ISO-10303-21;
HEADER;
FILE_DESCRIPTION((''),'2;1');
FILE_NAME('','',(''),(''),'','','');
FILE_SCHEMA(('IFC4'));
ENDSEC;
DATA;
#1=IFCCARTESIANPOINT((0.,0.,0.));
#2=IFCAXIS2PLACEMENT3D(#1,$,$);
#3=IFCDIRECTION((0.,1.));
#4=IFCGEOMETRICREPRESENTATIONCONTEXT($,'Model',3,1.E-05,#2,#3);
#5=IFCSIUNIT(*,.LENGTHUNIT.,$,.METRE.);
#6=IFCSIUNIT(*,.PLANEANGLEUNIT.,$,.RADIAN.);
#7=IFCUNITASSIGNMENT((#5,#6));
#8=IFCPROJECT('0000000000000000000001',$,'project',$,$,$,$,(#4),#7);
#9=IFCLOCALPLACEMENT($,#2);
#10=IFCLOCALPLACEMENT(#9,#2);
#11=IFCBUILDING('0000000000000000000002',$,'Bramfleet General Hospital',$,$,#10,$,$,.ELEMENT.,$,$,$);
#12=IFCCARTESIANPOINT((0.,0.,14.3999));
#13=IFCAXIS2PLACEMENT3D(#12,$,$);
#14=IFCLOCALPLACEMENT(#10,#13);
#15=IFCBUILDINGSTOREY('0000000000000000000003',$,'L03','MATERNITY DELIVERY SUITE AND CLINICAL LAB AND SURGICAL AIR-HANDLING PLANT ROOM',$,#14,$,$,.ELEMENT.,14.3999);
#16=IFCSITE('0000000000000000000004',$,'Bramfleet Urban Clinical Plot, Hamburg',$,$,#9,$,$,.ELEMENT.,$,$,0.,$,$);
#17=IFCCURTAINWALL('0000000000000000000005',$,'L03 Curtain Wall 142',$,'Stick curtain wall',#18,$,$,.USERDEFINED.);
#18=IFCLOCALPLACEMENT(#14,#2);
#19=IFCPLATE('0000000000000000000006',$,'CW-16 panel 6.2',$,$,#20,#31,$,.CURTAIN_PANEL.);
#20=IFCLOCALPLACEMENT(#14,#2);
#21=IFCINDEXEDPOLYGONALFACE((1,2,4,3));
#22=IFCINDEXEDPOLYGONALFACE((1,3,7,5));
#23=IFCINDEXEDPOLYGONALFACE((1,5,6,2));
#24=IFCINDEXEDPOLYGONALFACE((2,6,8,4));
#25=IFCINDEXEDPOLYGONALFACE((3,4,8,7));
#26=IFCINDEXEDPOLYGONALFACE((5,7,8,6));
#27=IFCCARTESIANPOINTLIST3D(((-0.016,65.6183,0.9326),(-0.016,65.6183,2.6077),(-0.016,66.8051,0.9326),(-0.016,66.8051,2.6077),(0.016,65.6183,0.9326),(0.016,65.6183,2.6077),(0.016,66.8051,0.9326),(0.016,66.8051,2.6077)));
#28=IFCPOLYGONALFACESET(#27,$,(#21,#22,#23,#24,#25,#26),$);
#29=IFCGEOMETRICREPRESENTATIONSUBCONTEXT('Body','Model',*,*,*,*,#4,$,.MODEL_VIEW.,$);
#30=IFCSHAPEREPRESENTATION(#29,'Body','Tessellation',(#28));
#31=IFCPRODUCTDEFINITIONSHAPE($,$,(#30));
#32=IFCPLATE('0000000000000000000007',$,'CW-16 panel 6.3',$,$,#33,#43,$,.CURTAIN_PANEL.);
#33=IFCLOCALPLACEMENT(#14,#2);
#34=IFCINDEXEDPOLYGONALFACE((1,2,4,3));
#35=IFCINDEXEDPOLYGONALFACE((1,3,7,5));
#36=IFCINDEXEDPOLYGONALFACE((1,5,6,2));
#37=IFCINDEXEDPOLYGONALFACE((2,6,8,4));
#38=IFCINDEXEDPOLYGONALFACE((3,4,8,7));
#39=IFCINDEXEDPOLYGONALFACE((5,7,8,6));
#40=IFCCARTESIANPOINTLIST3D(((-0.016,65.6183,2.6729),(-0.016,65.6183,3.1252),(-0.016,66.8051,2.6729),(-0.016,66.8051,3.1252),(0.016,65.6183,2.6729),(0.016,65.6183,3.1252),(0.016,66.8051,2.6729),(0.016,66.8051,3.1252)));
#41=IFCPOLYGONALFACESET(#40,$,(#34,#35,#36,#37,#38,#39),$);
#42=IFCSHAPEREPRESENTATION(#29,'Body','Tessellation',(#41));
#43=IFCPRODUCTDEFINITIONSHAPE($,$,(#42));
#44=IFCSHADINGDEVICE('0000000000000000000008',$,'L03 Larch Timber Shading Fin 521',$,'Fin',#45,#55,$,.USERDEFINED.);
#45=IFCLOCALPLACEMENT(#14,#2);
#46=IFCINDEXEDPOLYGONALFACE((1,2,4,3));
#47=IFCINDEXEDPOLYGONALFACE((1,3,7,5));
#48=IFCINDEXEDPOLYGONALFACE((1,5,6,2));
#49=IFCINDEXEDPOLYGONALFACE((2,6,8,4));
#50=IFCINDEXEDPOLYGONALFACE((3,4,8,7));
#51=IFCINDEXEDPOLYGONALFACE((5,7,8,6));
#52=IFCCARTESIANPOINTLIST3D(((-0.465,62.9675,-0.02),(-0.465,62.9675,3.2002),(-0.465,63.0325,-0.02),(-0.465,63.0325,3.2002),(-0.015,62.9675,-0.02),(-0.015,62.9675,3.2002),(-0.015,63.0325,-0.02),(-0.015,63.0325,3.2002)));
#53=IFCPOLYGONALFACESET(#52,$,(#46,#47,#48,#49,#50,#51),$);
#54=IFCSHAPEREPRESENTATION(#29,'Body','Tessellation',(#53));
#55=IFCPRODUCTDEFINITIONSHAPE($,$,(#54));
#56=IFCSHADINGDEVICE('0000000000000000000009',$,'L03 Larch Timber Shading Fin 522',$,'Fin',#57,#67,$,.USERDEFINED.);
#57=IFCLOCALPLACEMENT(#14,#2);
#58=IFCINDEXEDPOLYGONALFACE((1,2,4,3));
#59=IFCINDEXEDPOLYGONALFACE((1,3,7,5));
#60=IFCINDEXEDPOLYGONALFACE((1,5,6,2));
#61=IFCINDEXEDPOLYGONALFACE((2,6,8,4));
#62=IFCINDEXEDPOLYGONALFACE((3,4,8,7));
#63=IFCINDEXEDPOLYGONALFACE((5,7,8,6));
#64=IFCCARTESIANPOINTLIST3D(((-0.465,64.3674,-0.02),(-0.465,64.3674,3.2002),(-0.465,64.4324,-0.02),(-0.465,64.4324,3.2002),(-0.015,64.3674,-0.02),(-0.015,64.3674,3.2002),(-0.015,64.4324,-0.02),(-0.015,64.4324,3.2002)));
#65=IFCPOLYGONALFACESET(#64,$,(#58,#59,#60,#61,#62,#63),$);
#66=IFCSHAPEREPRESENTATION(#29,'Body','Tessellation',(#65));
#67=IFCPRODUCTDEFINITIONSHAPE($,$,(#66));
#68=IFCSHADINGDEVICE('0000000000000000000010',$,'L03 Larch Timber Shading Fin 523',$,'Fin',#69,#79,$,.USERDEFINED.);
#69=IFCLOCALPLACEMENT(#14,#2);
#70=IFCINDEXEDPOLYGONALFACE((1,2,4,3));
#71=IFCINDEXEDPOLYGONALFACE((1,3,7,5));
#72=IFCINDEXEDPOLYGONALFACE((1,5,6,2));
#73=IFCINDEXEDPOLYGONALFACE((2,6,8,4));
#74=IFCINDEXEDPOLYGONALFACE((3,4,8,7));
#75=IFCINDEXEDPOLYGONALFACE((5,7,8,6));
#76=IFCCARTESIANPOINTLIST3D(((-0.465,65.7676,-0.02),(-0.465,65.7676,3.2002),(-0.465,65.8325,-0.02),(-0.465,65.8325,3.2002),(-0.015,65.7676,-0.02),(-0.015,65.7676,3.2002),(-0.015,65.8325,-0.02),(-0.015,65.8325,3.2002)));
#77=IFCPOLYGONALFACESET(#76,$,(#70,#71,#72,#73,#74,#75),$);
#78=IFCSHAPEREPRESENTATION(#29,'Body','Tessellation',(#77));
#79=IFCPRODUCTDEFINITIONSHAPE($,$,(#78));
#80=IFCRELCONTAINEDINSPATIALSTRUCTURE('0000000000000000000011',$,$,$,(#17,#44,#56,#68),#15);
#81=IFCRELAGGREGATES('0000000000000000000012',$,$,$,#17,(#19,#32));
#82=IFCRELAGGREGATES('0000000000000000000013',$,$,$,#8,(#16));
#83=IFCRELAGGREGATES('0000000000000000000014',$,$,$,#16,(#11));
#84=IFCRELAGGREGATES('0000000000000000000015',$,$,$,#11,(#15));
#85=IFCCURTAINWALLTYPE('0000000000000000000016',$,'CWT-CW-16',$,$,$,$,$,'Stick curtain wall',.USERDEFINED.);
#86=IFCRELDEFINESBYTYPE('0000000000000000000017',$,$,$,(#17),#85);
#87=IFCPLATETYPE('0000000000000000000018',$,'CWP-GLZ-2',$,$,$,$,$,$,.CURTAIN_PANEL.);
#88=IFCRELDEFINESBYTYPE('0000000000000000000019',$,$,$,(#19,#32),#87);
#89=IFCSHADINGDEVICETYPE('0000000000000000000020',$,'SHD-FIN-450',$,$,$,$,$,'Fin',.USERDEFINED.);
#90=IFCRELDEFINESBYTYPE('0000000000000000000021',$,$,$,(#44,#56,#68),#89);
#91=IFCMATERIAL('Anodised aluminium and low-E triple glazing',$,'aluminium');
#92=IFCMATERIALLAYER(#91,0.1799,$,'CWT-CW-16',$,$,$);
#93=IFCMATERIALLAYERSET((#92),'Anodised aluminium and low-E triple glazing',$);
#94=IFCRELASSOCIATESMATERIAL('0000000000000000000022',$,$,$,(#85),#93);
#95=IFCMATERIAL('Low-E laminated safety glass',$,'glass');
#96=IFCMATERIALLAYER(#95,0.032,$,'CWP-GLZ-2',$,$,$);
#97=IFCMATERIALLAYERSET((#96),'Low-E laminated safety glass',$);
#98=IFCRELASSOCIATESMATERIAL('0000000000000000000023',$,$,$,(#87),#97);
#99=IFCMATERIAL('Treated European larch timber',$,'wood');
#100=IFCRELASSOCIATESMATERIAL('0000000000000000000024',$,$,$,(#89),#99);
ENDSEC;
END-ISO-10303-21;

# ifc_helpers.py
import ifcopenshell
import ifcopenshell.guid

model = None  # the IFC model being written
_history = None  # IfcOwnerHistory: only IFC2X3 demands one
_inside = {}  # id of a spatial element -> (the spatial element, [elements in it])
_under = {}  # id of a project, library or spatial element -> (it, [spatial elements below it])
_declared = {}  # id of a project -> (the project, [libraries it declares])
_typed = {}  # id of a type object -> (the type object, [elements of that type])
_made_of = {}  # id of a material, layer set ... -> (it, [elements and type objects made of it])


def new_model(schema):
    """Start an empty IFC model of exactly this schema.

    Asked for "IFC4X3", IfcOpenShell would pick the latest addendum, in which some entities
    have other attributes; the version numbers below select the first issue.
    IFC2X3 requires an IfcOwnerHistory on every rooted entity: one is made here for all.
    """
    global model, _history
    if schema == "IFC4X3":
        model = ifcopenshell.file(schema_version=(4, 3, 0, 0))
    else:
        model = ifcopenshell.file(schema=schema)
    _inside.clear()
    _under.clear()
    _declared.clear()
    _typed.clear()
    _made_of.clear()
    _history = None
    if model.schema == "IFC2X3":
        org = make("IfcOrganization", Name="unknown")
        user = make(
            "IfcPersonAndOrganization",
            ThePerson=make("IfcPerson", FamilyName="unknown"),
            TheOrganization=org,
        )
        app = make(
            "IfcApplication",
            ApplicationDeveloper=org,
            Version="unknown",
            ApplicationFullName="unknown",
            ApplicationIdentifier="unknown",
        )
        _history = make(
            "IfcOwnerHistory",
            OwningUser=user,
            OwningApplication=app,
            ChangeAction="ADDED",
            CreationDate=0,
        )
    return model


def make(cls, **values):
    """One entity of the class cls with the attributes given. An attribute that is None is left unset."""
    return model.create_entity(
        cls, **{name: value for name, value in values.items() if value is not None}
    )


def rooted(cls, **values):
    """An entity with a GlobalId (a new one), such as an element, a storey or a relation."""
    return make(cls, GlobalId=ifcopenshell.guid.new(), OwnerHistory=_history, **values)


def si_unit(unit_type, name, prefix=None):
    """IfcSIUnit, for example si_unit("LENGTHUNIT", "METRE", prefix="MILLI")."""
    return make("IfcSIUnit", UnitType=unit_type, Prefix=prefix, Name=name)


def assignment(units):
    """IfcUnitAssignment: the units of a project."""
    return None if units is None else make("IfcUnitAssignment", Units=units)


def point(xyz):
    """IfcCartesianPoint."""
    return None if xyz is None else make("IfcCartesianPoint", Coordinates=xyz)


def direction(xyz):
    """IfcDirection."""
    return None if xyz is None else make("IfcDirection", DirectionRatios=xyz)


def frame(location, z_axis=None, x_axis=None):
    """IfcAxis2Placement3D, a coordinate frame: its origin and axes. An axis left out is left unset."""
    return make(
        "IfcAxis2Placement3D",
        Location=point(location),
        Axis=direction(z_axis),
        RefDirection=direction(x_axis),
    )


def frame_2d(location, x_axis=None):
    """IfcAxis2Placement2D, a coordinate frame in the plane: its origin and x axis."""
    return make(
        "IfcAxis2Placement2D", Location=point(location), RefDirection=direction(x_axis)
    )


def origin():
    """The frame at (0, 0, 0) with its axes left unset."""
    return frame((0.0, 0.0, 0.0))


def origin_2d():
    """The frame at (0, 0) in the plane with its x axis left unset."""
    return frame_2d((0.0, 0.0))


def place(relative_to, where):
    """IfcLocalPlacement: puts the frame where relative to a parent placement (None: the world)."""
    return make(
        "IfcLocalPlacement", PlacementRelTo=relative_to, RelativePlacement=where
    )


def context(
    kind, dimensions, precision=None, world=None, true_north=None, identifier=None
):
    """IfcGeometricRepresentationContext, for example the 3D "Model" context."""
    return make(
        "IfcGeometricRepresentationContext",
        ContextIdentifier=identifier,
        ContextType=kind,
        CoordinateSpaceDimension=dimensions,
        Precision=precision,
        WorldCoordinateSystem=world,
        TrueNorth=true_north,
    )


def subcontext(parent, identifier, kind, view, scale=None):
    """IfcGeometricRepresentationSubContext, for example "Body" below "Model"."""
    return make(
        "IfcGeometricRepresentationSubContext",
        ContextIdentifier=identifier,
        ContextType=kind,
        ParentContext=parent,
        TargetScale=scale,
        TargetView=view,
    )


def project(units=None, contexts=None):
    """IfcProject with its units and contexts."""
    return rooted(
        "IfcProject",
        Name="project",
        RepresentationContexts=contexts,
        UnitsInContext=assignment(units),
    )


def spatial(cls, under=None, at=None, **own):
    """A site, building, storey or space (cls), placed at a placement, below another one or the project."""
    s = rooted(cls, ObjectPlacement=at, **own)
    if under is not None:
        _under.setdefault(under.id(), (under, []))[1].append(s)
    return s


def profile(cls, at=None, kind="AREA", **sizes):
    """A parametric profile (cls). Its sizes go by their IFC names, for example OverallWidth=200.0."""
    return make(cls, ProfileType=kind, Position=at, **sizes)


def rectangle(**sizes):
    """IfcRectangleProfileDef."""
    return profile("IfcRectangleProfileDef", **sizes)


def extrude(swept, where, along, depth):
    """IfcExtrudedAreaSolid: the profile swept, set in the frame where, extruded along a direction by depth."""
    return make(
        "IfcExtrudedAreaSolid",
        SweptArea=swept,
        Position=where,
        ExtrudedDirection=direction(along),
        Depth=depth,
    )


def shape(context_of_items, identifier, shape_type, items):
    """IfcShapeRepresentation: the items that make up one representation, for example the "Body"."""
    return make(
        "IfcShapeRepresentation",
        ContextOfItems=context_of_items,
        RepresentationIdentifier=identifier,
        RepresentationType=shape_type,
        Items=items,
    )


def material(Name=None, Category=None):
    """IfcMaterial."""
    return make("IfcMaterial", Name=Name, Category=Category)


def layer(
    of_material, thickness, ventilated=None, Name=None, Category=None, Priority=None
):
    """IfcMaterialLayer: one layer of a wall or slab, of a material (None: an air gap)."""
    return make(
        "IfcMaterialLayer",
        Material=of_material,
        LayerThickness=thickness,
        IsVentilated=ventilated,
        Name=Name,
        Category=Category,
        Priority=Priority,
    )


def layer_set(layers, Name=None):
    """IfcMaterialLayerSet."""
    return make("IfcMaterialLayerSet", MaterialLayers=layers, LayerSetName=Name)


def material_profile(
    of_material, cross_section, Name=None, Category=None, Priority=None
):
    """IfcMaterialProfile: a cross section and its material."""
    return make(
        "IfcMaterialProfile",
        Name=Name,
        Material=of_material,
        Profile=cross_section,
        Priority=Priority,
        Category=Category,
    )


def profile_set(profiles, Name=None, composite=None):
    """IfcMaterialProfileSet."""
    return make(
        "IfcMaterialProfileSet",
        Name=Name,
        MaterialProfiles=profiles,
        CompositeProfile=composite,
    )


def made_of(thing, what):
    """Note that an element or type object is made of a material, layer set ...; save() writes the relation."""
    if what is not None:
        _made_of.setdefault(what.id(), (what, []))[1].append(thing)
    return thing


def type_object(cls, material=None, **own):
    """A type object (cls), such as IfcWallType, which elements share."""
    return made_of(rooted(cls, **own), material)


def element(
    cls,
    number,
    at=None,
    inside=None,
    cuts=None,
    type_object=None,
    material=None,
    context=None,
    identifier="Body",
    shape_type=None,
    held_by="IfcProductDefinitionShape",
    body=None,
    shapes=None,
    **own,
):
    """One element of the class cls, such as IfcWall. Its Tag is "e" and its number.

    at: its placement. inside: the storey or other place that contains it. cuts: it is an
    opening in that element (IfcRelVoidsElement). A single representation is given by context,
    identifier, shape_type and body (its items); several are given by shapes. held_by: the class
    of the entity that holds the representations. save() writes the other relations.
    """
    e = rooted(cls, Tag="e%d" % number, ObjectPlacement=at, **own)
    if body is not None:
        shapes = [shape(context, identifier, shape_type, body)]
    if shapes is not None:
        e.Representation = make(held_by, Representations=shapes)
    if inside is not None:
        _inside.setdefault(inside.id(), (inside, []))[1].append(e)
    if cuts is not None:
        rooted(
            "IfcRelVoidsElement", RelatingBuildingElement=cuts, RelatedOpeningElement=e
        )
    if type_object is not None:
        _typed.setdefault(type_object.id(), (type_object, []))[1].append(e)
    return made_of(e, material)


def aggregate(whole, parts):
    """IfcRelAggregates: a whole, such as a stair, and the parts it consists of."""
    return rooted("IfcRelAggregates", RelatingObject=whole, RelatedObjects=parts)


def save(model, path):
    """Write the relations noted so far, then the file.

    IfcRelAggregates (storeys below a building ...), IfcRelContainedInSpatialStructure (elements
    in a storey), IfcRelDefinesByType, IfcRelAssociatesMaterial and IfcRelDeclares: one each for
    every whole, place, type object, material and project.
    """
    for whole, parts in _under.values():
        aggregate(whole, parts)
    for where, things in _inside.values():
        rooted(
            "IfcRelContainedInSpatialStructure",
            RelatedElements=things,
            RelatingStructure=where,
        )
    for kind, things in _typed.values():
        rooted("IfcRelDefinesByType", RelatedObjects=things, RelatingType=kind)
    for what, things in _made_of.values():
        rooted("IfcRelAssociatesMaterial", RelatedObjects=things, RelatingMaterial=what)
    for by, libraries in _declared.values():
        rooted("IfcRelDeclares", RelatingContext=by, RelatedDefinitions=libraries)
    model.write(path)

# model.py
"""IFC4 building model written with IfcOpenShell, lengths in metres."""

from ifc_helpers import new_model, si_unit, direction, frame, origin, origin_2d, place, context, subcontext, project, spatial, rectangle, extrude, material, layer, layer_set, material_profile, profile_set, type_object, element, aggregate, save


model = new_model("IFC4")

# Units and contexts
model_context = context("Model", 3, precision=1e-05, world=origin(), true_north=direction((0.0, 1.0)))
body_context = subcontext(model_context, "Body", "Model", "MODEL_VIEW")
ifc_project = project(units=[si_unit("LENGTHUNIT", "METRE"), si_unit("PLANEANGLEUNIT", "RADIAN")], contexts=[model_context])

# Site, building, storey
site_placement = place(None, origin())
site = spatial("IfcSite", under=ifc_project, at=site_placement, Name="Bramfleet Urban Clinical Plot, Hamburg", CompositionType="ELEMENT", RefElevation=0.0)
building_placement = place(site_placement, origin())
building = spatial("IfcBuilding", under=site, at=building_placement, Name="Bramfleet General Hospital", CompositionType="ELEMENT")
storey_placement = place(building_placement, frame((0.0, 0.0, 14.3999)))
storey = spatial("IfcBuildingStorey", under=building, at=storey_placement, Name="L03", Description="MATERNITY DELIVERY SUITE AND CLINICAL LAB AND SURGICAL AIR-HANDLING PLANT ROOM", CompositionType="ELEMENT", Elevation=14.3999)

# Curtain wall, plates
ifc_material_1 = material(Name="Anodised aluminium and low-E triple glazing", Category="aluminium")
ifc_layer_1 = layer(ifc_material_1, 0.1799, Name="CWT-CW-16")
ifc_layer_set_1 = layer_set([ifc_layer_1], Name="Anodised aluminium and low-E triple glazing")
curtain_wall_type = type_object("IfcCurtainWallType", Name="CWT-CW-16", ElementType="Stick curtain wall", PredefinedType="USERDEFINED", material=ifc_layer_set_1)
curtain_wall_placement = place(storey_placement, origin())
curtain_wall = element("IfcCurtainWall", 1, at=curtain_wall_placement, inside=storey, type_object=curtain_wall_type, Name="L03 Curtain Wall 142", ObjectType="Stick curtain wall", PredefinedType="USERDEFINED")
ifc_material_2 = material(Name="Low-E laminated safety glass", Category="glass")
ifc_layer_2 = layer(ifc_material_2, 0.032, Name="CWP-GLZ-2")
ifc_layer_set_2 = layer_set([ifc_layer_2], Name="Low-E laminated safety glass")
plate_type = type_object("IfcPlateType", Name="CWP-GLZ-2", PredefinedType="CURTAIN_PANEL", material=ifc_layer_set_2)
plate_1_placement = place(storey_placement, frame((0.0, 66.2117, 0.9326), z_axis=(0.0, 0.0, 1.0), x_axis=(0.0, 1.0, 0.0)))
plate_1 = element("IfcPlate", 2, at=plate_1_placement, type_object=plate_type, Name="CW-16 panel 6.2", PredefinedType="CURTAIN_PANEL", context=body_context, shape_type="SweptSolid", body=[
    extrude(rectangle(XDim=1.1868, YDim=0.032, at=origin_2d()), origin(), (0.0, 0.0, 1.0), 1.675),
])
plate_2_placement = place(storey_placement, frame((0.0, 66.2117, 2.6729), z_axis=(0.0, 0.0, 1.0), x_axis=(0.0, 1.0, 0.0)))
plate_2 = element("IfcPlate", 3, at=plate_2_placement, type_object=plate_type, Name="CW-16 panel 6.3", PredefinedType="CURTAIN_PANEL", context=body_context, shape_type="SweptSolid", body=[
    extrude(rectangle(XDim=1.1868, YDim=0.032, at=origin_2d()), origin(), (0.0, 0.0, 1.0), 0.4524),
])
aggregate(curtain_wall, [plate_1, plate_2])

# Shading devices
ifc_material_3 = material(Name="Treated European larch timber", Category="wood")
ifc_material_profile_1 = material_profile(ifc_material_3, rectangle(XDim=0.0649, YDim=0.45, at=origin_2d()), Name="LARCH FIN 450x65")
ifc_profile_set_1 = profile_set([ifc_material_profile_1], Name="Treated European larch timber")
shading_device_type = type_object("IfcShadingDeviceType", Name="SHD-FIN-450", ElementType="Fin", PredefinedType="USERDEFINED", material=ifc_profile_set_1)
for number, where, z_axis, x_axis, name in (
    (4, (-0.24, 63.0, -0.02), (0.0, 0.0, 1.0), (0.0, 1.0, 0.0), "L03 Larch Timber Shading Fin 521"),
    (5, (-0.24, 64.3999, -0.02), (0.0, 0.0, 1.0), (0.0, 1.0, 0.0), "L03 Larch Timber Shading Fin 522"),
    (6, (-0.24, 65.8, -0.02), (0.0, 0.0, 1.0), (0.0, 1.0, 0.0), "L03 Larch Timber Shading Fin 523"),
):
    element("IfcShadingDevice", number, at=place(storey_placement, frame(where, z_axis=z_axis, x_axis=x_axis)), inside=storey, type_object=shading_device_type, Name=name, ObjectType="Fin", PredefinedType="USERDEFINED", context=body_context, shape_type="SweptSolid", body=[
        extrude(rectangle(XDim=0.0649, YDim=0.45, at=origin_2d()), origin(), (0.0, 0.0, 1.0), 3.2202),
    ])

save(model, "model.ifc")
